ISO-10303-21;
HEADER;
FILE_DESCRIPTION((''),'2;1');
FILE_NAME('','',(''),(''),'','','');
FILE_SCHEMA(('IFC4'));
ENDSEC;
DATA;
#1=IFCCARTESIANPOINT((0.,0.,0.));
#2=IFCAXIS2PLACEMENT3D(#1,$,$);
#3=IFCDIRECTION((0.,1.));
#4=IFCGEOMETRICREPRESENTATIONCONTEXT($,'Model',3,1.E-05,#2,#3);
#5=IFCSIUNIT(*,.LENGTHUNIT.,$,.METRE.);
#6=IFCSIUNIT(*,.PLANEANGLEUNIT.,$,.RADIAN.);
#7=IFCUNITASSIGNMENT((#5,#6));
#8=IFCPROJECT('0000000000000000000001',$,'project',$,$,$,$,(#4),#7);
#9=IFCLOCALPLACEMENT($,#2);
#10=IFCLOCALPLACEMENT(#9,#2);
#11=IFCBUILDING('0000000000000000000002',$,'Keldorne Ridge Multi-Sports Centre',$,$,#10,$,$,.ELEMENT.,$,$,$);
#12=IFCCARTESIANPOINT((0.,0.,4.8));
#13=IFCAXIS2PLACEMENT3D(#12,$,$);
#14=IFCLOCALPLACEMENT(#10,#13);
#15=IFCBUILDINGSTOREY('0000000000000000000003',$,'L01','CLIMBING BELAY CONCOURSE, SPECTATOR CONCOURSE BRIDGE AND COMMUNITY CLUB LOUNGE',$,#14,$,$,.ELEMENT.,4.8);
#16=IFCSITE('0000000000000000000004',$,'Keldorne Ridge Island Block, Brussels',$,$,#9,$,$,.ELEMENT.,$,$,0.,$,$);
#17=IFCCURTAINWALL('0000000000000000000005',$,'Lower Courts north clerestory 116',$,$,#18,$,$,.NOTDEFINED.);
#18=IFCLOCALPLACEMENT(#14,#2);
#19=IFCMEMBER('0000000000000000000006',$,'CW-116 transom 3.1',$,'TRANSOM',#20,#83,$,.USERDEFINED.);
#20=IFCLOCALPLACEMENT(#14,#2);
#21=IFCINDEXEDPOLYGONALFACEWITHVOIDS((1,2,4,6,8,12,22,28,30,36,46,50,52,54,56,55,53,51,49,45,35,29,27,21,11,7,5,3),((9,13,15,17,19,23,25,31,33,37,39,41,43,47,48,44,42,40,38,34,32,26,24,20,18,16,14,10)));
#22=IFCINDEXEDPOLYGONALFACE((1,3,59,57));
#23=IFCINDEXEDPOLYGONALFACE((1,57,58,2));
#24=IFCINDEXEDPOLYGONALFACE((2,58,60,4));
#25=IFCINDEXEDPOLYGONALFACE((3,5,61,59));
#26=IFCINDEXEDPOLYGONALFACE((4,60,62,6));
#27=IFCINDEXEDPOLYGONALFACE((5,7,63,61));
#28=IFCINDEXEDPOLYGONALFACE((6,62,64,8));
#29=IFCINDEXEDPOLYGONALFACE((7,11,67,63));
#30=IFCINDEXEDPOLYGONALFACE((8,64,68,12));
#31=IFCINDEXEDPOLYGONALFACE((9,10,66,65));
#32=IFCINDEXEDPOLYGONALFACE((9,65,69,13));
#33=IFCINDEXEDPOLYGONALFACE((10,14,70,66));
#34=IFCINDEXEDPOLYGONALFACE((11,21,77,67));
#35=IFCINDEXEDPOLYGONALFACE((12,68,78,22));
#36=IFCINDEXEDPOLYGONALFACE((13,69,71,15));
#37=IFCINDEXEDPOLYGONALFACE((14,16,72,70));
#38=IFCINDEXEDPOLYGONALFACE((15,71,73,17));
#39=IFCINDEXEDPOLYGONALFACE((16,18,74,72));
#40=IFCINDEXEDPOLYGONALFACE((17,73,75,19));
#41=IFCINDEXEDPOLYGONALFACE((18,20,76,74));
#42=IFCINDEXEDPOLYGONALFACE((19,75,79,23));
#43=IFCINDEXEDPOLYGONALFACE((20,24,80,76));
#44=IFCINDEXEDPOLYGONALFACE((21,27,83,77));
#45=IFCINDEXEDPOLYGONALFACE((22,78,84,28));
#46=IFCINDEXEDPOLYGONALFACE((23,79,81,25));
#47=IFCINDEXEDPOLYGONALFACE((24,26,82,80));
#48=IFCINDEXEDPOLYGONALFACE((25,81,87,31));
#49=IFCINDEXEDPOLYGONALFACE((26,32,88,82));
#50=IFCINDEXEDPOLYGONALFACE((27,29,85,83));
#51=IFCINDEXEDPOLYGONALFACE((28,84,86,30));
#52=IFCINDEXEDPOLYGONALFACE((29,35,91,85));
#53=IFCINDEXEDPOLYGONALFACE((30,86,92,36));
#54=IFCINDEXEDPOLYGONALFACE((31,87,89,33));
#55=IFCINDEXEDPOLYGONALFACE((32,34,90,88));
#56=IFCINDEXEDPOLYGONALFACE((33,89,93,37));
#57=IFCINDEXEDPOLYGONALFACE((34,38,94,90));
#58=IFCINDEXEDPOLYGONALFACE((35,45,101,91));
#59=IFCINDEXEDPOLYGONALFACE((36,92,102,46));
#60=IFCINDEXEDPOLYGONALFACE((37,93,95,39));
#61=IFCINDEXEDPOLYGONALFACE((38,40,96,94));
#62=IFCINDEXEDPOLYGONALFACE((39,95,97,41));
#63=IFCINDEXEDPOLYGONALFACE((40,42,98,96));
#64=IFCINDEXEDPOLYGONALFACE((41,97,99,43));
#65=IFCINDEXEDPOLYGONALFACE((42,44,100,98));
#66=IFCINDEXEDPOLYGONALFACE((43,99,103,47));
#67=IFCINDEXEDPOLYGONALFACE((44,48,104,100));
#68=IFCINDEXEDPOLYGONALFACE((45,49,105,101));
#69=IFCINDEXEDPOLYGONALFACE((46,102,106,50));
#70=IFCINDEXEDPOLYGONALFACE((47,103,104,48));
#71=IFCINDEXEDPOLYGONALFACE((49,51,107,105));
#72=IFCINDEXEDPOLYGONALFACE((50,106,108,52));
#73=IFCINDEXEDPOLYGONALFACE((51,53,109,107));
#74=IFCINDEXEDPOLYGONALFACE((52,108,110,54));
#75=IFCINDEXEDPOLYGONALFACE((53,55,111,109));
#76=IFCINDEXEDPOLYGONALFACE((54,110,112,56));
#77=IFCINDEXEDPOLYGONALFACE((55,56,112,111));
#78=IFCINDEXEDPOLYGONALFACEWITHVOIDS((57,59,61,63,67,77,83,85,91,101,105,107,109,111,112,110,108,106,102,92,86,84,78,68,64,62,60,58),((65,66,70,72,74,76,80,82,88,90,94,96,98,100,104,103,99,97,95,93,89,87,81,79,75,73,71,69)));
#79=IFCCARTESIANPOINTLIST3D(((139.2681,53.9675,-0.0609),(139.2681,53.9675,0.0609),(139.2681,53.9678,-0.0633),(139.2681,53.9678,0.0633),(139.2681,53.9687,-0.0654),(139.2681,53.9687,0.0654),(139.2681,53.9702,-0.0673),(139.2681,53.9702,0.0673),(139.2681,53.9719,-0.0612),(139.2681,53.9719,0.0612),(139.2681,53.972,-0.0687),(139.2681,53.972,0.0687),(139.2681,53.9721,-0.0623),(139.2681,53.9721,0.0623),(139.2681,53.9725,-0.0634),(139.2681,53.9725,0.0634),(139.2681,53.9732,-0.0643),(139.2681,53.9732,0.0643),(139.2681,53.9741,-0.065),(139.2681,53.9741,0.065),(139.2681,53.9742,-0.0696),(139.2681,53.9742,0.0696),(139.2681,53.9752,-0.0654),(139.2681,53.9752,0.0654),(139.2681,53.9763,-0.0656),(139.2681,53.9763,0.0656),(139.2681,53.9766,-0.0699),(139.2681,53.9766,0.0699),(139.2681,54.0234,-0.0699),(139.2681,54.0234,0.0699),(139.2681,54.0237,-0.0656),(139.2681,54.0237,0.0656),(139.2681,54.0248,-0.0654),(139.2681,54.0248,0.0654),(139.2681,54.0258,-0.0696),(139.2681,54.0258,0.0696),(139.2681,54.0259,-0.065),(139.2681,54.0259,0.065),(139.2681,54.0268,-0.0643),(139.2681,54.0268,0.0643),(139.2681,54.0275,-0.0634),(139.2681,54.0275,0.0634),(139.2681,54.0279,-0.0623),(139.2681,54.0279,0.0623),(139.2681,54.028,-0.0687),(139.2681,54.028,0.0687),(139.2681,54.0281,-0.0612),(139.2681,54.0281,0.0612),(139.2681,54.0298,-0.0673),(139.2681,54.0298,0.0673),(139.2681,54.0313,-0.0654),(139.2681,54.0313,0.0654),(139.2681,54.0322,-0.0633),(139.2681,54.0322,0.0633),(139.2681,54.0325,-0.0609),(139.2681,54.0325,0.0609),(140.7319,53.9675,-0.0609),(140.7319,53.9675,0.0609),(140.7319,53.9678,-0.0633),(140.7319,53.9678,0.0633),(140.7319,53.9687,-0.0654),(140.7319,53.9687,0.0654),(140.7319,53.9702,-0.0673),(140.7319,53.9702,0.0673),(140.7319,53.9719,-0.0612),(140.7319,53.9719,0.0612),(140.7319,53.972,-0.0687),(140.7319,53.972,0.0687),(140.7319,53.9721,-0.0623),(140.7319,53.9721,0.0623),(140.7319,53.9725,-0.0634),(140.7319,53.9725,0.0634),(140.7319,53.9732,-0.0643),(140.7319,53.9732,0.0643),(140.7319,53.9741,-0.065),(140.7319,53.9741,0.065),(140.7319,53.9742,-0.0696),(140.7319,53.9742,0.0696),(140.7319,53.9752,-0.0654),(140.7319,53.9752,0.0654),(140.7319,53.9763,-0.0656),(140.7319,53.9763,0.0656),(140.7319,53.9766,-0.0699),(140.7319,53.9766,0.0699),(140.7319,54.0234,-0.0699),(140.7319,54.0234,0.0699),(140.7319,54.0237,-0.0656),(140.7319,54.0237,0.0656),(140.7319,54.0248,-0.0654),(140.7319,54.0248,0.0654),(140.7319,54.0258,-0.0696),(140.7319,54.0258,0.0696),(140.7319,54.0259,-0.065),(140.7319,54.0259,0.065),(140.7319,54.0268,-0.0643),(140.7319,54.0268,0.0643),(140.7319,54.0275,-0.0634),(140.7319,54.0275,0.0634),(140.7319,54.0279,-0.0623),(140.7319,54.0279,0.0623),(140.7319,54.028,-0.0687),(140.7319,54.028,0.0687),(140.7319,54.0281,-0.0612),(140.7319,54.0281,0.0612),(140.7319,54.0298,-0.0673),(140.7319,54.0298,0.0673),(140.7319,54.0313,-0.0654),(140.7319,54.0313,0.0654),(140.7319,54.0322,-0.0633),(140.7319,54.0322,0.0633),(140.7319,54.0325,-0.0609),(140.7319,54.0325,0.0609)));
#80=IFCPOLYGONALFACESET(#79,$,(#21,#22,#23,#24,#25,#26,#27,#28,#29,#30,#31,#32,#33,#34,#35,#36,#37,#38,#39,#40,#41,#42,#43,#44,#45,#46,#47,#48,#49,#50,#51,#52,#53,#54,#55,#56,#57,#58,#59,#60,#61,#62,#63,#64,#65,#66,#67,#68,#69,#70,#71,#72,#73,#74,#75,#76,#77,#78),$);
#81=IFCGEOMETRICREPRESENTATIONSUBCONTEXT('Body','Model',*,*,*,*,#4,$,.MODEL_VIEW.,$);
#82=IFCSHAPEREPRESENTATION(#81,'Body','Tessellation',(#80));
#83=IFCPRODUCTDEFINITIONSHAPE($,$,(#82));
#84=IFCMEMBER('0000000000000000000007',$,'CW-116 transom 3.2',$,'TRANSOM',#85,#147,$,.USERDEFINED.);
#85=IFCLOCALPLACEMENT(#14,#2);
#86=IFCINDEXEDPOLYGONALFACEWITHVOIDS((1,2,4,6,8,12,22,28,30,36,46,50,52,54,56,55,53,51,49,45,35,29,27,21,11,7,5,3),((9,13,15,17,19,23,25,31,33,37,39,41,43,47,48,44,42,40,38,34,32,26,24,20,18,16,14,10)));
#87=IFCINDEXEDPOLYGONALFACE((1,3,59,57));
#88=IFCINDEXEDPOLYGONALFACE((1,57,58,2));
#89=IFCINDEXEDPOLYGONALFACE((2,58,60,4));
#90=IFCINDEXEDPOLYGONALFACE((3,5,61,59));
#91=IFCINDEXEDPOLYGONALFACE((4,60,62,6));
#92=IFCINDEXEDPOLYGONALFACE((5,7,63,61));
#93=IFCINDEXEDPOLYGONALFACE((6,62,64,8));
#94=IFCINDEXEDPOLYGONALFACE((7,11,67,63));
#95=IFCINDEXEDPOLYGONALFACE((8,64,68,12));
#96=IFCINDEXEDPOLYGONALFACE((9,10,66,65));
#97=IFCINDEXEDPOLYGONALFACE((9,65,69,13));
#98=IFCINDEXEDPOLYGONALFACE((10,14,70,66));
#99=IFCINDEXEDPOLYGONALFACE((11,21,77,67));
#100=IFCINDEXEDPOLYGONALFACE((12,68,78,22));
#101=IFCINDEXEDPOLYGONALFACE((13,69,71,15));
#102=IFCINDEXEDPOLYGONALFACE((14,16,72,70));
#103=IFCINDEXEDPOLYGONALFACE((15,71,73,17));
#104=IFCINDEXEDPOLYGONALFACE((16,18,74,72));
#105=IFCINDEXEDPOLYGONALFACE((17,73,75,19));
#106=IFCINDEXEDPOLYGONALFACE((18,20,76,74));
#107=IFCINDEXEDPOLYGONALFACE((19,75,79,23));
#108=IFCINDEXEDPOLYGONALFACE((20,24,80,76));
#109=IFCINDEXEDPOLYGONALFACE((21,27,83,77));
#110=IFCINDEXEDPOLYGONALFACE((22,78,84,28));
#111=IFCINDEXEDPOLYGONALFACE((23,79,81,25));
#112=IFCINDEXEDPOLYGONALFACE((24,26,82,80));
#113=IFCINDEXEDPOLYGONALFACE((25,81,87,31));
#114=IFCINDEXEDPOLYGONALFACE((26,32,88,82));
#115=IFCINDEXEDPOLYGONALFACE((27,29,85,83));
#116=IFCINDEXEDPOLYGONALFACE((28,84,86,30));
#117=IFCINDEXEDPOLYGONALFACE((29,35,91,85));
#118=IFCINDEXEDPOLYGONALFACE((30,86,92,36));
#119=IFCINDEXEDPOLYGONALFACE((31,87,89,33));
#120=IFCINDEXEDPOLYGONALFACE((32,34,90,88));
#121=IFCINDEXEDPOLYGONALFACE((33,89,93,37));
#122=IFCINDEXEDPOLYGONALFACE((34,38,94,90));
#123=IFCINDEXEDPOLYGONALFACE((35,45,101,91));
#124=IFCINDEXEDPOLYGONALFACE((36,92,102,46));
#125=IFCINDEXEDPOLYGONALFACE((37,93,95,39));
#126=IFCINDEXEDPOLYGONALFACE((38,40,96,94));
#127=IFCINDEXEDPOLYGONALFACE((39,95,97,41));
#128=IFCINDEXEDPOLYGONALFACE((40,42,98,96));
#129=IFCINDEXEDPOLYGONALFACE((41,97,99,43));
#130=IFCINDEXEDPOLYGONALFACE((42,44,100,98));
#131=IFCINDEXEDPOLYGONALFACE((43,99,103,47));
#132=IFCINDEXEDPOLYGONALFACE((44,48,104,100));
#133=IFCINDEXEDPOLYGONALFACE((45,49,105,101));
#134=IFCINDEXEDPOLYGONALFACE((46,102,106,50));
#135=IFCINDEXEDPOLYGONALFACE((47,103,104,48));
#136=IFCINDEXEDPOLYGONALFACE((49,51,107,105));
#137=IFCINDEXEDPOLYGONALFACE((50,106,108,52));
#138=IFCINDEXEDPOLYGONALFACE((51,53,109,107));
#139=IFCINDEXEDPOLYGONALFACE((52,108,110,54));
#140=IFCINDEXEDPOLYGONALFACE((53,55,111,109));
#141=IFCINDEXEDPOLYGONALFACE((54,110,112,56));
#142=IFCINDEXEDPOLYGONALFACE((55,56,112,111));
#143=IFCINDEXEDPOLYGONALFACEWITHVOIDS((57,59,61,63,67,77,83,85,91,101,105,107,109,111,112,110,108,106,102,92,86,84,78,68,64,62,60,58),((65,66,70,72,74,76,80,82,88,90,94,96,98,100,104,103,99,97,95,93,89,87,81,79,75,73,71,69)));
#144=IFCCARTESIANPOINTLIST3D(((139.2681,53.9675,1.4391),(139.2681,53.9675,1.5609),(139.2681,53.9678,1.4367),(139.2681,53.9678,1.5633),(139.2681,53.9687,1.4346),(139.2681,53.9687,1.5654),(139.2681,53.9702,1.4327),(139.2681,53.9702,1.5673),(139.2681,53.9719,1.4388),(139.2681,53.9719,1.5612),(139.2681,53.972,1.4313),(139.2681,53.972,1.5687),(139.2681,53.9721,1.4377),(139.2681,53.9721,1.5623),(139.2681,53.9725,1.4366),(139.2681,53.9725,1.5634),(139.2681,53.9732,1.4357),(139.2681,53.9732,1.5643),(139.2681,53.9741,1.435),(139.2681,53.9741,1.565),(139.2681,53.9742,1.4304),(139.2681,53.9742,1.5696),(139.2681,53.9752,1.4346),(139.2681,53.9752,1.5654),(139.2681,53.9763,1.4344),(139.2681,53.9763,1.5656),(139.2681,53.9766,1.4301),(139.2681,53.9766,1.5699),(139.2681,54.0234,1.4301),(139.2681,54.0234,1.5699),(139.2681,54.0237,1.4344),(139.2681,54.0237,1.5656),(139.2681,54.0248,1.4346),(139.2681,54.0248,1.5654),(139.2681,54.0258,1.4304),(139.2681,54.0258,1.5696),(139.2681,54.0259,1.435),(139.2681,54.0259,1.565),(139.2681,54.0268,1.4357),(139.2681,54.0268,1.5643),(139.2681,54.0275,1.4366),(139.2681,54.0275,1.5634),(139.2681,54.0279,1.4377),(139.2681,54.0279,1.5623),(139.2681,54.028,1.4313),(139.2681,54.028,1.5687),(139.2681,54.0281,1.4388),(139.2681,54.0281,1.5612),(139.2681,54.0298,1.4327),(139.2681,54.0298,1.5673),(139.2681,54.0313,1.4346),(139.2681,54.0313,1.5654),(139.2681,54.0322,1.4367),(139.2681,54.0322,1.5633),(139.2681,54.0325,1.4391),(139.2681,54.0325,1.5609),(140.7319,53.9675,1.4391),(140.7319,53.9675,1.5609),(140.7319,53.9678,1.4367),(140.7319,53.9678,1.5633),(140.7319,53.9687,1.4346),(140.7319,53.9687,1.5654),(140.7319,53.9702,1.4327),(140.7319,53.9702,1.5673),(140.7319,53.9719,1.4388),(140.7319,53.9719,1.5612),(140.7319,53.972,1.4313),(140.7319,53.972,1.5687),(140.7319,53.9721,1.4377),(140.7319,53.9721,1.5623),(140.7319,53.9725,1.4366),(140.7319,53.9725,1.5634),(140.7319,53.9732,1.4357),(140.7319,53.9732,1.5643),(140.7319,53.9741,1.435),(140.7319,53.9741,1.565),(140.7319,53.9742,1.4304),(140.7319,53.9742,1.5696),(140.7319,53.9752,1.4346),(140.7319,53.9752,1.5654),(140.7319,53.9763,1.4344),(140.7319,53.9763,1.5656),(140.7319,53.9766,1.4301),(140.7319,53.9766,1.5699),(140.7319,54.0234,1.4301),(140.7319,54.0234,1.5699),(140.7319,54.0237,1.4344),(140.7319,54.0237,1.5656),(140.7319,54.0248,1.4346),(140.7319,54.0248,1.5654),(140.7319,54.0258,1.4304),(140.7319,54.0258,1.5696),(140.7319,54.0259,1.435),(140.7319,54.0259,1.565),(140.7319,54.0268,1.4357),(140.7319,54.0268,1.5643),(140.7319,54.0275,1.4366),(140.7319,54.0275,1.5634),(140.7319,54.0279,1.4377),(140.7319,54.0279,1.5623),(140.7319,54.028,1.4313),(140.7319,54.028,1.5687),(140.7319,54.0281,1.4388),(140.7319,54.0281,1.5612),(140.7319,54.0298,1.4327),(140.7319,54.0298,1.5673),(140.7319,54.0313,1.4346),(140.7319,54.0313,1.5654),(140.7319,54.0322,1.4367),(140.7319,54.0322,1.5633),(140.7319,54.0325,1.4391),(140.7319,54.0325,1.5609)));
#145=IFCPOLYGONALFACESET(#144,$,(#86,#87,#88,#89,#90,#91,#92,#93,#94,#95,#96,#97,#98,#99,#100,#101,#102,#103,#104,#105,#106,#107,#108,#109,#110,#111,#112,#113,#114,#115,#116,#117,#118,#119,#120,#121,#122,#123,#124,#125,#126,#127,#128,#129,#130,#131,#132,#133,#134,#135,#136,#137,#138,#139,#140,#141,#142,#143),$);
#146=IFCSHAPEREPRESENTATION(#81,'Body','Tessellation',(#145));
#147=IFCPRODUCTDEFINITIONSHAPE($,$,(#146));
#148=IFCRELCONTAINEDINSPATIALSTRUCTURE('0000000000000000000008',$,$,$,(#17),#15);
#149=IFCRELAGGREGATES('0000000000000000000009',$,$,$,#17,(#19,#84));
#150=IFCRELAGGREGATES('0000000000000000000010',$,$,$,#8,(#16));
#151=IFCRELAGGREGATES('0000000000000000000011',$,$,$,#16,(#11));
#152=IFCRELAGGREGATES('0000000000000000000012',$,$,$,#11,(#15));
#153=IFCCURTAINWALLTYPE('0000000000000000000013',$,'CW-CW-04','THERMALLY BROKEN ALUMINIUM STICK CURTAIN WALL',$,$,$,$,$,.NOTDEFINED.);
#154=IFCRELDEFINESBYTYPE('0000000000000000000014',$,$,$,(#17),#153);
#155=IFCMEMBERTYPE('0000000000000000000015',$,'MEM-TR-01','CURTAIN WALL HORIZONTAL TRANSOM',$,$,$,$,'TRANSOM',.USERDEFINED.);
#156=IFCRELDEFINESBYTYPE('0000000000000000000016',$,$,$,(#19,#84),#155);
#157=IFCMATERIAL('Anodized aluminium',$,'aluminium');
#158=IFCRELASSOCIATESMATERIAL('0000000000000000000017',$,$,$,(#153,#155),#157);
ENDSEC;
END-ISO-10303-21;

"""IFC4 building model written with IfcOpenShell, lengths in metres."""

from ifc_helpers import new_model, si_unit, direction, frame, origin, origin_2d, place, context, subcontext, project, spatial, hollow_rectangle, extrude, material, material_profile, profile_set, type_object, element, aggregate, save


model = new_model("IFC4")

# Units and contexts
model_context = context("Model", 3, precision=1e-05, world=origin(), true_north=direction((0.0, 1.0)))
body_context = subcontext(model_context, "Body", "Model", "MODEL_VIEW")
ifc_project = project(units=[si_unit("LENGTHUNIT", "METRE"), si_unit("PLANEANGLEUNIT", "RADIAN")], contexts=[model_context])

# Site, building, storey
site_placement = place(None, origin())
site = spatial("IfcSite", under=ifc_project, at=site_placement, Name="Keldorne Ridge Island Block, Brussels", CompositionType="ELEMENT", RefElevation=0.0)
building_placement = place(site_placement, origin())
building = spatial("IfcBuilding", under=site, at=building_placement, Name="Keldorne Ridge Multi-Sports Centre", CompositionType="ELEMENT")
storey_placement = place(building_placement, frame((0.0, 0.0, 4.8)))
storey = spatial("IfcBuildingStorey", under=building, at=storey_placement, Name="L01", Description="CLIMBING BELAY CONCOURSE, SPECTATOR CONCOURSE BRIDGE AND COMMUNITY CLUB LOUNGE", CompositionType="ELEMENT", Elevation=4.8)

# Curtain wall
ifc_material_1 = material(Name="Anodized aluminium", Category="aluminium")
curtain_wall_type = type_object("IfcCurtainWallType", Name="CW-CW-04", Description="THERMALLY BROKEN ALUMINIUM STICK CURTAIN WALL", PredefinedType="NOTDEFINED", material=ifc_material_1)
curtain_wall_placement = place(storey_placement, origin())
curtain_wall = element("IfcCurtainWall", 1, at=curtain_wall_placement, inside=storey, type_object=curtain_wall_type, Name="Lower Courts north clerestory 116", PredefinedType="NOTDEFINED")

# Members
ifc_material_profile_1 = material_profile(ifc_material_1, hollow_rectangle(XDim=0.0649, YDim=0.1399, WallThickness=0.0044, InnerFilletRadius=0.0044, OuterFilletRadius=0.009, at=origin_2d()), Name="ALU TRANSOM 140x65x4.5")
ifc_profile_set_1 = profile_set([ifc_material_profile_1], Name="Anodized aluminium")
member_type_1 = type_object("IfcMemberType", Name="MEM-TR-01", Description="CURTAIN WALL HORIZONTAL TRANSOM", ElementType="TRANSOM", PredefinedType="USERDEFINED", material=ifc_profile_set_1)
member_1_placement = place(storey_placement, frame((140.7319, 54.0, 0.0), z_axis=(-1.0, 0.0, 0.0), x_axis=(0.0, -1.0, 0.0)))
member_1 = element("IfcMember", 2, at=member_1_placement, type_object=member_type_1, Name="CW-116 transom 3.1", ObjectType="TRANSOM", PredefinedType="USERDEFINED", context=body_context, shape_type="SweptSolid", body=[
    extrude(hollow_rectangle(XDim=0.0649, YDim=0.1399, WallThickness=0.0044, InnerFilletRadius=0.0044, OuterFilletRadius=0.009, at=origin_2d()), origin(), (0.0, 0.0, 1.0), 1.4639),
])
member_2_placement = place(storey_placement, frame((140.7319, 54.0, 1.5), z_axis=(-1.0, 0.0, 0.0), x_axis=(0.0, -1.0, 0.0)))
member_2 = element("IfcMember", 3, at=member_2_placement, type_object=member_type_1, Name="CW-116 transom 3.2", ObjectType="TRANSOM", PredefinedType="USERDEFINED", context=body_context, shape_type="SweptSolid", body=[
    extrude(hollow_rectangle(XDim=0.0649, YDim=0.1399, WallThickness=0.0044, InnerFilletRadius=0.0044, OuterFilletRadius=0.009, at=origin_2d()), origin(), (0.0, 0.0, 1.0), 1.4639),
])

aggregate(curtain_wall, [member_1, member_2])

save(model, "model.ifc")
